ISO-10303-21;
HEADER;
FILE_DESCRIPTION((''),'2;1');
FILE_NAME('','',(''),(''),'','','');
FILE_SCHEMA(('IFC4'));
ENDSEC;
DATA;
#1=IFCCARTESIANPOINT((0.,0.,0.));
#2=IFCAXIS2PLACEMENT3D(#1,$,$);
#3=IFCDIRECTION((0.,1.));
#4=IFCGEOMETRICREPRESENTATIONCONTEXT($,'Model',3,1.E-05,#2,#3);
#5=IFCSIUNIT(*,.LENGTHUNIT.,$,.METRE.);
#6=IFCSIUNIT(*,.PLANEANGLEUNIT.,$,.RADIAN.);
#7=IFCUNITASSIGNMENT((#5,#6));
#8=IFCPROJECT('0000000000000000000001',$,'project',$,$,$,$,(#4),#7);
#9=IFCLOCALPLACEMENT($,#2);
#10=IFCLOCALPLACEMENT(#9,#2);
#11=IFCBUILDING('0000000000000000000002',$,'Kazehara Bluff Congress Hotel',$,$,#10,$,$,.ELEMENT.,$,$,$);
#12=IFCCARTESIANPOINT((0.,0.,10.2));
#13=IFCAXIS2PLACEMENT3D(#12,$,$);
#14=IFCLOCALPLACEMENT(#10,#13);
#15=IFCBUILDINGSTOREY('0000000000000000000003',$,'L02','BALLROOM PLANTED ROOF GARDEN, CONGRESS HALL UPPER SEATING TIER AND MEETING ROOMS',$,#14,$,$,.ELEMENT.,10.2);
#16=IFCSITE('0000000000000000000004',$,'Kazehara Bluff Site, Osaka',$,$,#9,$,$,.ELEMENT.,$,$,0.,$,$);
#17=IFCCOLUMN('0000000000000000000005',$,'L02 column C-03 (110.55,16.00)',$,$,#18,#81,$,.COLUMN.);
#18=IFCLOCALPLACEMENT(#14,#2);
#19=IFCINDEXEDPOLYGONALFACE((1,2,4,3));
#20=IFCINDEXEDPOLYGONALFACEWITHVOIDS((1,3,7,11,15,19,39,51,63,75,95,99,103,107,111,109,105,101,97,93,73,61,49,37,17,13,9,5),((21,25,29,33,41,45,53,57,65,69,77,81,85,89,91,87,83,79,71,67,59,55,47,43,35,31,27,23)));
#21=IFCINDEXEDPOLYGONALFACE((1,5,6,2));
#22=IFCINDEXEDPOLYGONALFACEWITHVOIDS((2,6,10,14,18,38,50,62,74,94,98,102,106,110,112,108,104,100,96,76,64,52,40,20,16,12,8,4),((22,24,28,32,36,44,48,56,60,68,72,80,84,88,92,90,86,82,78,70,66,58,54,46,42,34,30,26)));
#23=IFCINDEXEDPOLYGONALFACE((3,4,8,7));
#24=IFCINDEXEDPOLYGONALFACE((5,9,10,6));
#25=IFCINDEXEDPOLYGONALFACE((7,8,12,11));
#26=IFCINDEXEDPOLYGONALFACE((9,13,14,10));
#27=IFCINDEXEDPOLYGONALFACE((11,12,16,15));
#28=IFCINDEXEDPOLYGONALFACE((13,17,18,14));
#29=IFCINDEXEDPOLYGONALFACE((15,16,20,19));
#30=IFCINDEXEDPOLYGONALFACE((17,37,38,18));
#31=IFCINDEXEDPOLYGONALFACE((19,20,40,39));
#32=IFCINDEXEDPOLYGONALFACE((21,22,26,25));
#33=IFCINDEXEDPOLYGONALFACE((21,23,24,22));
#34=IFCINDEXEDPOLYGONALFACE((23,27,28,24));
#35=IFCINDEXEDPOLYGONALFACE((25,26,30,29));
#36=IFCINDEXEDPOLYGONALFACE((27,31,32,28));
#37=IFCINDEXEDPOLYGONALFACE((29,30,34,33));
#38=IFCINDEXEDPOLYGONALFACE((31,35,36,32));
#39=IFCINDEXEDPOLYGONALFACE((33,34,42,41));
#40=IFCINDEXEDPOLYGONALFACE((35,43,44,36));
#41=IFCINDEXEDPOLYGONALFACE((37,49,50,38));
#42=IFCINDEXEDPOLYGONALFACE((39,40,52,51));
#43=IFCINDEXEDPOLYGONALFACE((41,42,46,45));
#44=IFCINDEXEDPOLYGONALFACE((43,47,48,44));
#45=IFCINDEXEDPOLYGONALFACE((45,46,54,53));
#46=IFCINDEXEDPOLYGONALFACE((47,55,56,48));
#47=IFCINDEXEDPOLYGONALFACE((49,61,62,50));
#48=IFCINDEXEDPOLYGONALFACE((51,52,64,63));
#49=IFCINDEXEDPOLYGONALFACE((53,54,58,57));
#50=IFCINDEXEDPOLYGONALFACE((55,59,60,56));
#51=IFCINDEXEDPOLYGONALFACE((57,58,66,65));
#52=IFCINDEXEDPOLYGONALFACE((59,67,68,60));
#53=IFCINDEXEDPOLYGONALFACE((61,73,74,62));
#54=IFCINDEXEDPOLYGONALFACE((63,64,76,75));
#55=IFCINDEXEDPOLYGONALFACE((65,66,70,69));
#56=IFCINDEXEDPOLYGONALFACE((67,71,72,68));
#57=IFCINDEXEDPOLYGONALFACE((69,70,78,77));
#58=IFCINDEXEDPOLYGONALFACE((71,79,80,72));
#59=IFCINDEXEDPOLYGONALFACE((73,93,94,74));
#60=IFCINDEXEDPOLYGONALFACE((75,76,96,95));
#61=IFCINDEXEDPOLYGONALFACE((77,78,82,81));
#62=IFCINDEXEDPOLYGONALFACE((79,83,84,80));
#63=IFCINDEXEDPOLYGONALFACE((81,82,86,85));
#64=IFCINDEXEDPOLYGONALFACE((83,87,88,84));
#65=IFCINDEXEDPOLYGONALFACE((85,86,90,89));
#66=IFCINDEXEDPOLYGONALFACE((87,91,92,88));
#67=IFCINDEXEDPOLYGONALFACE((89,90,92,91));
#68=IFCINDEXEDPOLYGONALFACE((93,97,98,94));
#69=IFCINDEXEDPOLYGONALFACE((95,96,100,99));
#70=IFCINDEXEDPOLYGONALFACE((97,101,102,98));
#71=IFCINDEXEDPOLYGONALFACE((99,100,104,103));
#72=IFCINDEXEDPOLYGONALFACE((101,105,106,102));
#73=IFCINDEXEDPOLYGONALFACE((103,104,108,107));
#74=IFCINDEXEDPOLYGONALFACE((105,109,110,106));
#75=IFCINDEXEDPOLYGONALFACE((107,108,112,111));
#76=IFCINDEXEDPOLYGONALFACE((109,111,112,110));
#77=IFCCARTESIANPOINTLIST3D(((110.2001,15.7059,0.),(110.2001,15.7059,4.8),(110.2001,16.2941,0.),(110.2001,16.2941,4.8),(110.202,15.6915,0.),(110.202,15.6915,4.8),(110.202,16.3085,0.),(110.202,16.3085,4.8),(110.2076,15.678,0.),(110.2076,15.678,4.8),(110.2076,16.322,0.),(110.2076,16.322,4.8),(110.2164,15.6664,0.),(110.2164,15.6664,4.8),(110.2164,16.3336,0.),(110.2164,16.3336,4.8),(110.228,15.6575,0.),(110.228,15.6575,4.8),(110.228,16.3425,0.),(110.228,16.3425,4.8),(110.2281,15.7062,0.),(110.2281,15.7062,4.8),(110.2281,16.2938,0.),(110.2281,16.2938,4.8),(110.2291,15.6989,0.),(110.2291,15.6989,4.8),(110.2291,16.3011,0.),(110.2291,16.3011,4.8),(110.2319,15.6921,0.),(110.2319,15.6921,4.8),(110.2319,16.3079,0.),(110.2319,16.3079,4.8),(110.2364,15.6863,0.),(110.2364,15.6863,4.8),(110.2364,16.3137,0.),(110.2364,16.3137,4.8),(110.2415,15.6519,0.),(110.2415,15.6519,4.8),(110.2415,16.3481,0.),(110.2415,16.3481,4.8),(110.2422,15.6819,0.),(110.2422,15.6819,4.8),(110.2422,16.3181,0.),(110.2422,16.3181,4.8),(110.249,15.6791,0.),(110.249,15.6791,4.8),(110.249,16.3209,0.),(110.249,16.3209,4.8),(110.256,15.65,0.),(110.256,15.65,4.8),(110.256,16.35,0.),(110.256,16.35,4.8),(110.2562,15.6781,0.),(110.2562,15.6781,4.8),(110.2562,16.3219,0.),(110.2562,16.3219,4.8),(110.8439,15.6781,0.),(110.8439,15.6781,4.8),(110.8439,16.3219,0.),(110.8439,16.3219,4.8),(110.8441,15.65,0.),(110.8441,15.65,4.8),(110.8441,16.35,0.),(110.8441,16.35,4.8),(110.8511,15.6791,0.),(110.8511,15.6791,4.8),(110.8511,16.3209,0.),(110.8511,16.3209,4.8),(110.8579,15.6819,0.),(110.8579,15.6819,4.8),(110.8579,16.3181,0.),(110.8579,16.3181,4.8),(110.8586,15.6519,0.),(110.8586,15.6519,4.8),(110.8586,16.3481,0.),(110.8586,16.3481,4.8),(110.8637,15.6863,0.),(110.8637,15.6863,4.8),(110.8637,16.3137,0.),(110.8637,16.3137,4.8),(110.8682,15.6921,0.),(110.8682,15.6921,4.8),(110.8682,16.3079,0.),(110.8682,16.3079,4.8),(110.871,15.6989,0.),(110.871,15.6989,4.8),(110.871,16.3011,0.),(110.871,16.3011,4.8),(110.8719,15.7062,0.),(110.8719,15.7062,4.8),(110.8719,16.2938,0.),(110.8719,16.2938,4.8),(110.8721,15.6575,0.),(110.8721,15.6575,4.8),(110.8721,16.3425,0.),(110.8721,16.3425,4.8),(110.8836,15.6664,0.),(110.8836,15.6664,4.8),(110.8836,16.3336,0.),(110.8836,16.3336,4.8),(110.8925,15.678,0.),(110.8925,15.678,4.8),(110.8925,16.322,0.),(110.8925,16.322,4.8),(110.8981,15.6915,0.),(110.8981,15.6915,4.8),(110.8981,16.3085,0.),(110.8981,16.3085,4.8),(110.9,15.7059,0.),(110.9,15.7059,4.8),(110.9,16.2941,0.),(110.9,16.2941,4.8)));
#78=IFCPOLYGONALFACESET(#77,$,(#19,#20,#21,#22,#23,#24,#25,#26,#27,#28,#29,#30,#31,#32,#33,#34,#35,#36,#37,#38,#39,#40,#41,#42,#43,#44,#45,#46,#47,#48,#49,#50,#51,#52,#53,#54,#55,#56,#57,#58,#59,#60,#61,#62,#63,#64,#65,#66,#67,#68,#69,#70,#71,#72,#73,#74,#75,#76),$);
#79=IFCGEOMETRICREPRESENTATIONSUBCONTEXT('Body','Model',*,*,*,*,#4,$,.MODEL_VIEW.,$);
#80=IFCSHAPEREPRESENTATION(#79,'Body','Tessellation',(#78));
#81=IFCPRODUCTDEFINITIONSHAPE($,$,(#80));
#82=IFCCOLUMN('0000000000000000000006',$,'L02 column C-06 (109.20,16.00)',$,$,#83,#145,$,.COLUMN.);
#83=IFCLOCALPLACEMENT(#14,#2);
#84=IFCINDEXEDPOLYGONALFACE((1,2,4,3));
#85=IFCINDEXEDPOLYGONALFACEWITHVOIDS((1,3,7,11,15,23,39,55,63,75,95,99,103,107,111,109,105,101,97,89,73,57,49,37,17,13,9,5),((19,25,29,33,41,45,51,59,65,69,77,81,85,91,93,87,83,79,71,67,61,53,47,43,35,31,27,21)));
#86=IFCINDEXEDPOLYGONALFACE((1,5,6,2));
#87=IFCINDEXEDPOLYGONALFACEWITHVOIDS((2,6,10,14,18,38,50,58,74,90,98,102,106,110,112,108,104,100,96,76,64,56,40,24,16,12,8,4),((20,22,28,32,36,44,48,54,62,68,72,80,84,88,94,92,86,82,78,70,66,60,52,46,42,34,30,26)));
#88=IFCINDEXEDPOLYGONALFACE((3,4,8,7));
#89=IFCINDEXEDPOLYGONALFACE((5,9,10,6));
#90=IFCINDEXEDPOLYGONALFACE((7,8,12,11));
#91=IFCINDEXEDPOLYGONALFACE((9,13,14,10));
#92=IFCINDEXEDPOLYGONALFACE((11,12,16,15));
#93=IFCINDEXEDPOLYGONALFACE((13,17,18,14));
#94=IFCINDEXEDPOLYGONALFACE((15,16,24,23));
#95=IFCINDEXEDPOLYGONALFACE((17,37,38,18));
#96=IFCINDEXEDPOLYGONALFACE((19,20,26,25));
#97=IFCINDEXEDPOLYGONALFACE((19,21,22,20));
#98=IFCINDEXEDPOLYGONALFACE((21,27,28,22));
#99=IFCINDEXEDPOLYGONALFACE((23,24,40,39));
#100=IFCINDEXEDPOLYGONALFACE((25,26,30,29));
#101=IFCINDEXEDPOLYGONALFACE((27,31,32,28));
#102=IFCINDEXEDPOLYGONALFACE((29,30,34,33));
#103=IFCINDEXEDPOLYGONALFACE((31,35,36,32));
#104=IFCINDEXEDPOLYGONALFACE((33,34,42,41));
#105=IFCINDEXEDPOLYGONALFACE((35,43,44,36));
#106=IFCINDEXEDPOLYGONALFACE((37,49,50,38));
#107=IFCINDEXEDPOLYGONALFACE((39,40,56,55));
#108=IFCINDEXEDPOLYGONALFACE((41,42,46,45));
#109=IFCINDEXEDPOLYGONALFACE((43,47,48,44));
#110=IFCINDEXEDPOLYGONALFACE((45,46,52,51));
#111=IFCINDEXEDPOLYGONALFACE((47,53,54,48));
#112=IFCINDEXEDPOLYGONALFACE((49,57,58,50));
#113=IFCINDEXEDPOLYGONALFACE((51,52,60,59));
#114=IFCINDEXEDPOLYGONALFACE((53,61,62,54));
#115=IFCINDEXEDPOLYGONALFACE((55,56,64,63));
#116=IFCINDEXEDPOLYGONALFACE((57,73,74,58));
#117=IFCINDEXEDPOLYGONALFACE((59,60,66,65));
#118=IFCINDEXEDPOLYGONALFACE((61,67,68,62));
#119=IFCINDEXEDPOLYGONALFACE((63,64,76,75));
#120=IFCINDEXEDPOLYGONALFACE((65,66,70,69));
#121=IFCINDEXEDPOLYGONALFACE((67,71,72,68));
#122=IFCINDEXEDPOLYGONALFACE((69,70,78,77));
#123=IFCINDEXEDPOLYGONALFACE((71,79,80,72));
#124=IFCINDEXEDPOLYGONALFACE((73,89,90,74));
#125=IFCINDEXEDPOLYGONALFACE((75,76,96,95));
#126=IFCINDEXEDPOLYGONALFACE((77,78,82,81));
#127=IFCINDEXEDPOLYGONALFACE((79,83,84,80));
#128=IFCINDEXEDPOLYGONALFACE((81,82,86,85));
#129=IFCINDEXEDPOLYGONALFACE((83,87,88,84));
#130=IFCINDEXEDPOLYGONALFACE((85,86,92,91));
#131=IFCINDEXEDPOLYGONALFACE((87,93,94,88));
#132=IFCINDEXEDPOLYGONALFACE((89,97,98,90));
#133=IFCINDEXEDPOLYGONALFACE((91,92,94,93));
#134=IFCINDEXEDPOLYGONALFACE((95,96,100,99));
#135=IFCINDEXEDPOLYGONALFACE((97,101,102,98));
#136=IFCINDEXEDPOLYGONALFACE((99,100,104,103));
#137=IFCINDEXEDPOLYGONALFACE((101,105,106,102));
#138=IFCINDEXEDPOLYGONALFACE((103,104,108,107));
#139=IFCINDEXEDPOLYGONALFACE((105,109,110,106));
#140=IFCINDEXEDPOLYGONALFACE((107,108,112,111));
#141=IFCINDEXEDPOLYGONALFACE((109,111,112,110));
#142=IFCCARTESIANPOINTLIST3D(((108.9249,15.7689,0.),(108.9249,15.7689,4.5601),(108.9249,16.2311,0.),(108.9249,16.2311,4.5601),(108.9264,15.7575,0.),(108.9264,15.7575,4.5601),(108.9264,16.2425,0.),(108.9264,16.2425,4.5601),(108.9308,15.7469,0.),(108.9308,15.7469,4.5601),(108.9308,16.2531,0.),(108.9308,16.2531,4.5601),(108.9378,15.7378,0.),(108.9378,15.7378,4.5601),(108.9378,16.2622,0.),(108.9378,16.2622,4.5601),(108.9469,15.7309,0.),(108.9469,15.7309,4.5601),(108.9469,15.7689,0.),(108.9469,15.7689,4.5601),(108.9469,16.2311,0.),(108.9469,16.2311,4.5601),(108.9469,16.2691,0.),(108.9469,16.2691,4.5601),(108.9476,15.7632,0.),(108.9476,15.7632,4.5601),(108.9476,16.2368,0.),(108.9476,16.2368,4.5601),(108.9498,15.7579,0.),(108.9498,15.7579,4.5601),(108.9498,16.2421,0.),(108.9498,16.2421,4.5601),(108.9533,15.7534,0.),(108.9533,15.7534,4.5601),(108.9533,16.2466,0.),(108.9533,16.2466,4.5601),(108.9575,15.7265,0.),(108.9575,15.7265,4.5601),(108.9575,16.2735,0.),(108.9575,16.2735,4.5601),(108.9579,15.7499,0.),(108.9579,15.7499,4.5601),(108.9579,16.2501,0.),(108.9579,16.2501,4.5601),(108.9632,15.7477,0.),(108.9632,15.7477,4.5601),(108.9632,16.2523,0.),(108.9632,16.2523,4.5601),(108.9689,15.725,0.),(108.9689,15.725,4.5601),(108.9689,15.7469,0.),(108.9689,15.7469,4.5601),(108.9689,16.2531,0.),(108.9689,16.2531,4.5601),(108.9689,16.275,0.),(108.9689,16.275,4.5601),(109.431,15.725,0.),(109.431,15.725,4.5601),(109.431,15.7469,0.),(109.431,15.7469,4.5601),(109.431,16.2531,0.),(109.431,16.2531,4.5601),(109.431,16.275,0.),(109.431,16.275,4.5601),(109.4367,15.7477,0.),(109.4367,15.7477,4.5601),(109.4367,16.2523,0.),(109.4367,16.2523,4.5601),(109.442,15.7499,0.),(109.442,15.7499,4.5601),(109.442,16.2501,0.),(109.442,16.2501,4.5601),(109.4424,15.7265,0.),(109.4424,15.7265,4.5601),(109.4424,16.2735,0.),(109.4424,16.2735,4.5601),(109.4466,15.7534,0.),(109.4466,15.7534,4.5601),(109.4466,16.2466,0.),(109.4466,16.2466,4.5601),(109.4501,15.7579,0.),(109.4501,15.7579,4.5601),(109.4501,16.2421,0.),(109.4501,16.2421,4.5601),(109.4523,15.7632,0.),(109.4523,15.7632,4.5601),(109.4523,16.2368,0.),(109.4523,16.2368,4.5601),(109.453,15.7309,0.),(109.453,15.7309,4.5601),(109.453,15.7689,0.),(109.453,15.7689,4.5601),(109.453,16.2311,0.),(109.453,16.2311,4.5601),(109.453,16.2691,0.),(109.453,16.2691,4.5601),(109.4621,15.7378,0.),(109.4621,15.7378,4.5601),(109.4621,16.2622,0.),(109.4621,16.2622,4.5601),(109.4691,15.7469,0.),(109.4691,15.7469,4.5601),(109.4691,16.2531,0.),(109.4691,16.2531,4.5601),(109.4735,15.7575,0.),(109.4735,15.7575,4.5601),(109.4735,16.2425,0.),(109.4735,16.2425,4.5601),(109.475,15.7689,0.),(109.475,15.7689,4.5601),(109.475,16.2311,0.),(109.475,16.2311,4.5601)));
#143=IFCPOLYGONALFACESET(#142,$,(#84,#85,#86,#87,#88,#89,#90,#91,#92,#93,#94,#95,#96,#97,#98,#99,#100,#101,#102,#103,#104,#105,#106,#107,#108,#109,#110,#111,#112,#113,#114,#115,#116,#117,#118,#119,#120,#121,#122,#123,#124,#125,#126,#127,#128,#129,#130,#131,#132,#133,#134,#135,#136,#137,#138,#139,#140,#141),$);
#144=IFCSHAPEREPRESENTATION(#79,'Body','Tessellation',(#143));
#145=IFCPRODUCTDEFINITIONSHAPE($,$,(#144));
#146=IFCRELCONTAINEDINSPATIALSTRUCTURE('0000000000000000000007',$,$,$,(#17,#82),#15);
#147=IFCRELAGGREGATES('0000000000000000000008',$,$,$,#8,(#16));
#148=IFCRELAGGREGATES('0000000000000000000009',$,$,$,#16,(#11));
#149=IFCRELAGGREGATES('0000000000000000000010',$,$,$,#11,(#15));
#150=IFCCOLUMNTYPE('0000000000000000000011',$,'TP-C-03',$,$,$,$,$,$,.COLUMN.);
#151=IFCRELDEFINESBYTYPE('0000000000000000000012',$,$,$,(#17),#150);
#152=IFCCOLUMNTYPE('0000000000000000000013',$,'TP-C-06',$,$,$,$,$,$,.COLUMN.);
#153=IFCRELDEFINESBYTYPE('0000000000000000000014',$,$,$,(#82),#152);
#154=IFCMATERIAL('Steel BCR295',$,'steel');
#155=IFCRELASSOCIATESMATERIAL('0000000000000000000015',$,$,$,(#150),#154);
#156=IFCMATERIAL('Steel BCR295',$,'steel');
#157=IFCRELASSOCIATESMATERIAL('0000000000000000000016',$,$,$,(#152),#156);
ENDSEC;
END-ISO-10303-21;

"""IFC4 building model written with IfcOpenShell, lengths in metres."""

from ifc_helpers import new_model, si_unit, direction, frame, origin, origin_2d, place, context, subcontext, project, spatial, hollow_rectangle, extrude, material, material_profile, profile_set, type_object, element, save


model = new_model("IFC4")

# Units and contexts
model_context = context("Model", 3, precision=1e-05, world=origin(), true_north=direction((0.0, 1.0)))
body_context = subcontext(model_context, "Body", "Model", "MODEL_VIEW")
ifc_project = project(units=[si_unit("LENGTHUNIT", "METRE"), si_unit("PLANEANGLEUNIT", "RADIAN")], contexts=[model_context])

# Site, building, storey
site_placement = place(None, origin())
site = spatial("IfcSite", under=ifc_project, at=site_placement, Name="Kazehara Bluff Site, Osaka", CompositionType="ELEMENT", RefElevation=0.0)
building_placement = place(site_placement, origin())
building = spatial("IfcBuilding", under=site, at=building_placement, Name="Kazehara Bluff Congress Hotel", CompositionType="ELEMENT")
storey_placement = place(building_placement, frame((0.0, 0.0, 10.2)))
storey = spatial("IfcBuildingStorey", under=building, at=storey_placement, Name="L02", Description="BALLROOM PLANTED ROOF GARDEN, CONGRESS HALL UPPER SEATING TIER AND MEETING ROOMS", CompositionType="ELEMENT", Elevation=10.2)

# Columns
ifc_material_1 = material(Name="Steel BCR295", Category="steel")
ifc_material_profile_1 = material_profile(ifc_material_1, hollow_rectangle(XDim=0.7, YDim=0.7, WallThickness=0.0281, InnerFilletRadius=0.0281, OuterFilletRadius=0.0559, at=origin_2d()))
ifc_profile_set_1 = profile_set([ifc_material_profile_1], Name="Steel BCR295")
column_type_1 = type_object("IfcColumnType", Name="TP-C-03", PredefinedType="COLUMN", material=ifc_profile_set_1)
column_1_placement = place(storey_placement, frame((110.55, 16.0, 0.0), z_axis=(0.0, 0.0, 1.0), x_axis=(1.0, 0.0, 0.0)))
element("IfcColumn", 1, at=column_1_placement, inside=storey, type_object=column_type_1, Name="L02 column C-03 (110.55,16.00)", PredefinedType="COLUMN", context=body_context, shape_type="SweptSolid", body=[
    extrude(hollow_rectangle(XDim=0.7, YDim=0.7, WallThickness=0.0281, InnerFilletRadius=0.0281, OuterFilletRadius=0.0559, at=origin_2d()), origin(), (0.0, 0.0, 1.0), 4.8),
])
ifc_material_2 = material(Name="Steel BCR295", Category="steel")
ifc_material_profile_2 = material_profile(ifc_material_2, hollow_rectangle(XDim=0.55, YDim=0.55, WallThickness=0.022, InnerFilletRadius=0.022, OuterFilletRadius=0.0439, at=origin_2d()))
ifc_profile_set_2 = profile_set([ifc_material_profile_2], Name="Steel BCR295")
column_type_2 = type_object("IfcColumnType", Name="TP-C-06", PredefinedType="COLUMN", material=ifc_profile_set_2)
column_2_placement = place(storey_placement, frame((109.2, 16.0, 0.0), z_axis=(0.0, 0.0, 1.0), x_axis=(1.0, 0.0, 0.0)))
element("IfcColumn", 2, at=column_2_placement, inside=storey, type_object=column_type_2, Name="L02 column C-06 (109.20,16.00)", PredefinedType="COLUMN", context=body_context, shape_type="SweptSolid", body=[
    extrude(hollow_rectangle(XDim=0.55, YDim=0.55, WallThickness=0.022, InnerFilletRadius=0.022, OuterFilletRadius=0.0439, at=origin_2d()), origin(), (0.0, 0.0, 1.0), 4.5601),
])

save(model, "model.ifc")
